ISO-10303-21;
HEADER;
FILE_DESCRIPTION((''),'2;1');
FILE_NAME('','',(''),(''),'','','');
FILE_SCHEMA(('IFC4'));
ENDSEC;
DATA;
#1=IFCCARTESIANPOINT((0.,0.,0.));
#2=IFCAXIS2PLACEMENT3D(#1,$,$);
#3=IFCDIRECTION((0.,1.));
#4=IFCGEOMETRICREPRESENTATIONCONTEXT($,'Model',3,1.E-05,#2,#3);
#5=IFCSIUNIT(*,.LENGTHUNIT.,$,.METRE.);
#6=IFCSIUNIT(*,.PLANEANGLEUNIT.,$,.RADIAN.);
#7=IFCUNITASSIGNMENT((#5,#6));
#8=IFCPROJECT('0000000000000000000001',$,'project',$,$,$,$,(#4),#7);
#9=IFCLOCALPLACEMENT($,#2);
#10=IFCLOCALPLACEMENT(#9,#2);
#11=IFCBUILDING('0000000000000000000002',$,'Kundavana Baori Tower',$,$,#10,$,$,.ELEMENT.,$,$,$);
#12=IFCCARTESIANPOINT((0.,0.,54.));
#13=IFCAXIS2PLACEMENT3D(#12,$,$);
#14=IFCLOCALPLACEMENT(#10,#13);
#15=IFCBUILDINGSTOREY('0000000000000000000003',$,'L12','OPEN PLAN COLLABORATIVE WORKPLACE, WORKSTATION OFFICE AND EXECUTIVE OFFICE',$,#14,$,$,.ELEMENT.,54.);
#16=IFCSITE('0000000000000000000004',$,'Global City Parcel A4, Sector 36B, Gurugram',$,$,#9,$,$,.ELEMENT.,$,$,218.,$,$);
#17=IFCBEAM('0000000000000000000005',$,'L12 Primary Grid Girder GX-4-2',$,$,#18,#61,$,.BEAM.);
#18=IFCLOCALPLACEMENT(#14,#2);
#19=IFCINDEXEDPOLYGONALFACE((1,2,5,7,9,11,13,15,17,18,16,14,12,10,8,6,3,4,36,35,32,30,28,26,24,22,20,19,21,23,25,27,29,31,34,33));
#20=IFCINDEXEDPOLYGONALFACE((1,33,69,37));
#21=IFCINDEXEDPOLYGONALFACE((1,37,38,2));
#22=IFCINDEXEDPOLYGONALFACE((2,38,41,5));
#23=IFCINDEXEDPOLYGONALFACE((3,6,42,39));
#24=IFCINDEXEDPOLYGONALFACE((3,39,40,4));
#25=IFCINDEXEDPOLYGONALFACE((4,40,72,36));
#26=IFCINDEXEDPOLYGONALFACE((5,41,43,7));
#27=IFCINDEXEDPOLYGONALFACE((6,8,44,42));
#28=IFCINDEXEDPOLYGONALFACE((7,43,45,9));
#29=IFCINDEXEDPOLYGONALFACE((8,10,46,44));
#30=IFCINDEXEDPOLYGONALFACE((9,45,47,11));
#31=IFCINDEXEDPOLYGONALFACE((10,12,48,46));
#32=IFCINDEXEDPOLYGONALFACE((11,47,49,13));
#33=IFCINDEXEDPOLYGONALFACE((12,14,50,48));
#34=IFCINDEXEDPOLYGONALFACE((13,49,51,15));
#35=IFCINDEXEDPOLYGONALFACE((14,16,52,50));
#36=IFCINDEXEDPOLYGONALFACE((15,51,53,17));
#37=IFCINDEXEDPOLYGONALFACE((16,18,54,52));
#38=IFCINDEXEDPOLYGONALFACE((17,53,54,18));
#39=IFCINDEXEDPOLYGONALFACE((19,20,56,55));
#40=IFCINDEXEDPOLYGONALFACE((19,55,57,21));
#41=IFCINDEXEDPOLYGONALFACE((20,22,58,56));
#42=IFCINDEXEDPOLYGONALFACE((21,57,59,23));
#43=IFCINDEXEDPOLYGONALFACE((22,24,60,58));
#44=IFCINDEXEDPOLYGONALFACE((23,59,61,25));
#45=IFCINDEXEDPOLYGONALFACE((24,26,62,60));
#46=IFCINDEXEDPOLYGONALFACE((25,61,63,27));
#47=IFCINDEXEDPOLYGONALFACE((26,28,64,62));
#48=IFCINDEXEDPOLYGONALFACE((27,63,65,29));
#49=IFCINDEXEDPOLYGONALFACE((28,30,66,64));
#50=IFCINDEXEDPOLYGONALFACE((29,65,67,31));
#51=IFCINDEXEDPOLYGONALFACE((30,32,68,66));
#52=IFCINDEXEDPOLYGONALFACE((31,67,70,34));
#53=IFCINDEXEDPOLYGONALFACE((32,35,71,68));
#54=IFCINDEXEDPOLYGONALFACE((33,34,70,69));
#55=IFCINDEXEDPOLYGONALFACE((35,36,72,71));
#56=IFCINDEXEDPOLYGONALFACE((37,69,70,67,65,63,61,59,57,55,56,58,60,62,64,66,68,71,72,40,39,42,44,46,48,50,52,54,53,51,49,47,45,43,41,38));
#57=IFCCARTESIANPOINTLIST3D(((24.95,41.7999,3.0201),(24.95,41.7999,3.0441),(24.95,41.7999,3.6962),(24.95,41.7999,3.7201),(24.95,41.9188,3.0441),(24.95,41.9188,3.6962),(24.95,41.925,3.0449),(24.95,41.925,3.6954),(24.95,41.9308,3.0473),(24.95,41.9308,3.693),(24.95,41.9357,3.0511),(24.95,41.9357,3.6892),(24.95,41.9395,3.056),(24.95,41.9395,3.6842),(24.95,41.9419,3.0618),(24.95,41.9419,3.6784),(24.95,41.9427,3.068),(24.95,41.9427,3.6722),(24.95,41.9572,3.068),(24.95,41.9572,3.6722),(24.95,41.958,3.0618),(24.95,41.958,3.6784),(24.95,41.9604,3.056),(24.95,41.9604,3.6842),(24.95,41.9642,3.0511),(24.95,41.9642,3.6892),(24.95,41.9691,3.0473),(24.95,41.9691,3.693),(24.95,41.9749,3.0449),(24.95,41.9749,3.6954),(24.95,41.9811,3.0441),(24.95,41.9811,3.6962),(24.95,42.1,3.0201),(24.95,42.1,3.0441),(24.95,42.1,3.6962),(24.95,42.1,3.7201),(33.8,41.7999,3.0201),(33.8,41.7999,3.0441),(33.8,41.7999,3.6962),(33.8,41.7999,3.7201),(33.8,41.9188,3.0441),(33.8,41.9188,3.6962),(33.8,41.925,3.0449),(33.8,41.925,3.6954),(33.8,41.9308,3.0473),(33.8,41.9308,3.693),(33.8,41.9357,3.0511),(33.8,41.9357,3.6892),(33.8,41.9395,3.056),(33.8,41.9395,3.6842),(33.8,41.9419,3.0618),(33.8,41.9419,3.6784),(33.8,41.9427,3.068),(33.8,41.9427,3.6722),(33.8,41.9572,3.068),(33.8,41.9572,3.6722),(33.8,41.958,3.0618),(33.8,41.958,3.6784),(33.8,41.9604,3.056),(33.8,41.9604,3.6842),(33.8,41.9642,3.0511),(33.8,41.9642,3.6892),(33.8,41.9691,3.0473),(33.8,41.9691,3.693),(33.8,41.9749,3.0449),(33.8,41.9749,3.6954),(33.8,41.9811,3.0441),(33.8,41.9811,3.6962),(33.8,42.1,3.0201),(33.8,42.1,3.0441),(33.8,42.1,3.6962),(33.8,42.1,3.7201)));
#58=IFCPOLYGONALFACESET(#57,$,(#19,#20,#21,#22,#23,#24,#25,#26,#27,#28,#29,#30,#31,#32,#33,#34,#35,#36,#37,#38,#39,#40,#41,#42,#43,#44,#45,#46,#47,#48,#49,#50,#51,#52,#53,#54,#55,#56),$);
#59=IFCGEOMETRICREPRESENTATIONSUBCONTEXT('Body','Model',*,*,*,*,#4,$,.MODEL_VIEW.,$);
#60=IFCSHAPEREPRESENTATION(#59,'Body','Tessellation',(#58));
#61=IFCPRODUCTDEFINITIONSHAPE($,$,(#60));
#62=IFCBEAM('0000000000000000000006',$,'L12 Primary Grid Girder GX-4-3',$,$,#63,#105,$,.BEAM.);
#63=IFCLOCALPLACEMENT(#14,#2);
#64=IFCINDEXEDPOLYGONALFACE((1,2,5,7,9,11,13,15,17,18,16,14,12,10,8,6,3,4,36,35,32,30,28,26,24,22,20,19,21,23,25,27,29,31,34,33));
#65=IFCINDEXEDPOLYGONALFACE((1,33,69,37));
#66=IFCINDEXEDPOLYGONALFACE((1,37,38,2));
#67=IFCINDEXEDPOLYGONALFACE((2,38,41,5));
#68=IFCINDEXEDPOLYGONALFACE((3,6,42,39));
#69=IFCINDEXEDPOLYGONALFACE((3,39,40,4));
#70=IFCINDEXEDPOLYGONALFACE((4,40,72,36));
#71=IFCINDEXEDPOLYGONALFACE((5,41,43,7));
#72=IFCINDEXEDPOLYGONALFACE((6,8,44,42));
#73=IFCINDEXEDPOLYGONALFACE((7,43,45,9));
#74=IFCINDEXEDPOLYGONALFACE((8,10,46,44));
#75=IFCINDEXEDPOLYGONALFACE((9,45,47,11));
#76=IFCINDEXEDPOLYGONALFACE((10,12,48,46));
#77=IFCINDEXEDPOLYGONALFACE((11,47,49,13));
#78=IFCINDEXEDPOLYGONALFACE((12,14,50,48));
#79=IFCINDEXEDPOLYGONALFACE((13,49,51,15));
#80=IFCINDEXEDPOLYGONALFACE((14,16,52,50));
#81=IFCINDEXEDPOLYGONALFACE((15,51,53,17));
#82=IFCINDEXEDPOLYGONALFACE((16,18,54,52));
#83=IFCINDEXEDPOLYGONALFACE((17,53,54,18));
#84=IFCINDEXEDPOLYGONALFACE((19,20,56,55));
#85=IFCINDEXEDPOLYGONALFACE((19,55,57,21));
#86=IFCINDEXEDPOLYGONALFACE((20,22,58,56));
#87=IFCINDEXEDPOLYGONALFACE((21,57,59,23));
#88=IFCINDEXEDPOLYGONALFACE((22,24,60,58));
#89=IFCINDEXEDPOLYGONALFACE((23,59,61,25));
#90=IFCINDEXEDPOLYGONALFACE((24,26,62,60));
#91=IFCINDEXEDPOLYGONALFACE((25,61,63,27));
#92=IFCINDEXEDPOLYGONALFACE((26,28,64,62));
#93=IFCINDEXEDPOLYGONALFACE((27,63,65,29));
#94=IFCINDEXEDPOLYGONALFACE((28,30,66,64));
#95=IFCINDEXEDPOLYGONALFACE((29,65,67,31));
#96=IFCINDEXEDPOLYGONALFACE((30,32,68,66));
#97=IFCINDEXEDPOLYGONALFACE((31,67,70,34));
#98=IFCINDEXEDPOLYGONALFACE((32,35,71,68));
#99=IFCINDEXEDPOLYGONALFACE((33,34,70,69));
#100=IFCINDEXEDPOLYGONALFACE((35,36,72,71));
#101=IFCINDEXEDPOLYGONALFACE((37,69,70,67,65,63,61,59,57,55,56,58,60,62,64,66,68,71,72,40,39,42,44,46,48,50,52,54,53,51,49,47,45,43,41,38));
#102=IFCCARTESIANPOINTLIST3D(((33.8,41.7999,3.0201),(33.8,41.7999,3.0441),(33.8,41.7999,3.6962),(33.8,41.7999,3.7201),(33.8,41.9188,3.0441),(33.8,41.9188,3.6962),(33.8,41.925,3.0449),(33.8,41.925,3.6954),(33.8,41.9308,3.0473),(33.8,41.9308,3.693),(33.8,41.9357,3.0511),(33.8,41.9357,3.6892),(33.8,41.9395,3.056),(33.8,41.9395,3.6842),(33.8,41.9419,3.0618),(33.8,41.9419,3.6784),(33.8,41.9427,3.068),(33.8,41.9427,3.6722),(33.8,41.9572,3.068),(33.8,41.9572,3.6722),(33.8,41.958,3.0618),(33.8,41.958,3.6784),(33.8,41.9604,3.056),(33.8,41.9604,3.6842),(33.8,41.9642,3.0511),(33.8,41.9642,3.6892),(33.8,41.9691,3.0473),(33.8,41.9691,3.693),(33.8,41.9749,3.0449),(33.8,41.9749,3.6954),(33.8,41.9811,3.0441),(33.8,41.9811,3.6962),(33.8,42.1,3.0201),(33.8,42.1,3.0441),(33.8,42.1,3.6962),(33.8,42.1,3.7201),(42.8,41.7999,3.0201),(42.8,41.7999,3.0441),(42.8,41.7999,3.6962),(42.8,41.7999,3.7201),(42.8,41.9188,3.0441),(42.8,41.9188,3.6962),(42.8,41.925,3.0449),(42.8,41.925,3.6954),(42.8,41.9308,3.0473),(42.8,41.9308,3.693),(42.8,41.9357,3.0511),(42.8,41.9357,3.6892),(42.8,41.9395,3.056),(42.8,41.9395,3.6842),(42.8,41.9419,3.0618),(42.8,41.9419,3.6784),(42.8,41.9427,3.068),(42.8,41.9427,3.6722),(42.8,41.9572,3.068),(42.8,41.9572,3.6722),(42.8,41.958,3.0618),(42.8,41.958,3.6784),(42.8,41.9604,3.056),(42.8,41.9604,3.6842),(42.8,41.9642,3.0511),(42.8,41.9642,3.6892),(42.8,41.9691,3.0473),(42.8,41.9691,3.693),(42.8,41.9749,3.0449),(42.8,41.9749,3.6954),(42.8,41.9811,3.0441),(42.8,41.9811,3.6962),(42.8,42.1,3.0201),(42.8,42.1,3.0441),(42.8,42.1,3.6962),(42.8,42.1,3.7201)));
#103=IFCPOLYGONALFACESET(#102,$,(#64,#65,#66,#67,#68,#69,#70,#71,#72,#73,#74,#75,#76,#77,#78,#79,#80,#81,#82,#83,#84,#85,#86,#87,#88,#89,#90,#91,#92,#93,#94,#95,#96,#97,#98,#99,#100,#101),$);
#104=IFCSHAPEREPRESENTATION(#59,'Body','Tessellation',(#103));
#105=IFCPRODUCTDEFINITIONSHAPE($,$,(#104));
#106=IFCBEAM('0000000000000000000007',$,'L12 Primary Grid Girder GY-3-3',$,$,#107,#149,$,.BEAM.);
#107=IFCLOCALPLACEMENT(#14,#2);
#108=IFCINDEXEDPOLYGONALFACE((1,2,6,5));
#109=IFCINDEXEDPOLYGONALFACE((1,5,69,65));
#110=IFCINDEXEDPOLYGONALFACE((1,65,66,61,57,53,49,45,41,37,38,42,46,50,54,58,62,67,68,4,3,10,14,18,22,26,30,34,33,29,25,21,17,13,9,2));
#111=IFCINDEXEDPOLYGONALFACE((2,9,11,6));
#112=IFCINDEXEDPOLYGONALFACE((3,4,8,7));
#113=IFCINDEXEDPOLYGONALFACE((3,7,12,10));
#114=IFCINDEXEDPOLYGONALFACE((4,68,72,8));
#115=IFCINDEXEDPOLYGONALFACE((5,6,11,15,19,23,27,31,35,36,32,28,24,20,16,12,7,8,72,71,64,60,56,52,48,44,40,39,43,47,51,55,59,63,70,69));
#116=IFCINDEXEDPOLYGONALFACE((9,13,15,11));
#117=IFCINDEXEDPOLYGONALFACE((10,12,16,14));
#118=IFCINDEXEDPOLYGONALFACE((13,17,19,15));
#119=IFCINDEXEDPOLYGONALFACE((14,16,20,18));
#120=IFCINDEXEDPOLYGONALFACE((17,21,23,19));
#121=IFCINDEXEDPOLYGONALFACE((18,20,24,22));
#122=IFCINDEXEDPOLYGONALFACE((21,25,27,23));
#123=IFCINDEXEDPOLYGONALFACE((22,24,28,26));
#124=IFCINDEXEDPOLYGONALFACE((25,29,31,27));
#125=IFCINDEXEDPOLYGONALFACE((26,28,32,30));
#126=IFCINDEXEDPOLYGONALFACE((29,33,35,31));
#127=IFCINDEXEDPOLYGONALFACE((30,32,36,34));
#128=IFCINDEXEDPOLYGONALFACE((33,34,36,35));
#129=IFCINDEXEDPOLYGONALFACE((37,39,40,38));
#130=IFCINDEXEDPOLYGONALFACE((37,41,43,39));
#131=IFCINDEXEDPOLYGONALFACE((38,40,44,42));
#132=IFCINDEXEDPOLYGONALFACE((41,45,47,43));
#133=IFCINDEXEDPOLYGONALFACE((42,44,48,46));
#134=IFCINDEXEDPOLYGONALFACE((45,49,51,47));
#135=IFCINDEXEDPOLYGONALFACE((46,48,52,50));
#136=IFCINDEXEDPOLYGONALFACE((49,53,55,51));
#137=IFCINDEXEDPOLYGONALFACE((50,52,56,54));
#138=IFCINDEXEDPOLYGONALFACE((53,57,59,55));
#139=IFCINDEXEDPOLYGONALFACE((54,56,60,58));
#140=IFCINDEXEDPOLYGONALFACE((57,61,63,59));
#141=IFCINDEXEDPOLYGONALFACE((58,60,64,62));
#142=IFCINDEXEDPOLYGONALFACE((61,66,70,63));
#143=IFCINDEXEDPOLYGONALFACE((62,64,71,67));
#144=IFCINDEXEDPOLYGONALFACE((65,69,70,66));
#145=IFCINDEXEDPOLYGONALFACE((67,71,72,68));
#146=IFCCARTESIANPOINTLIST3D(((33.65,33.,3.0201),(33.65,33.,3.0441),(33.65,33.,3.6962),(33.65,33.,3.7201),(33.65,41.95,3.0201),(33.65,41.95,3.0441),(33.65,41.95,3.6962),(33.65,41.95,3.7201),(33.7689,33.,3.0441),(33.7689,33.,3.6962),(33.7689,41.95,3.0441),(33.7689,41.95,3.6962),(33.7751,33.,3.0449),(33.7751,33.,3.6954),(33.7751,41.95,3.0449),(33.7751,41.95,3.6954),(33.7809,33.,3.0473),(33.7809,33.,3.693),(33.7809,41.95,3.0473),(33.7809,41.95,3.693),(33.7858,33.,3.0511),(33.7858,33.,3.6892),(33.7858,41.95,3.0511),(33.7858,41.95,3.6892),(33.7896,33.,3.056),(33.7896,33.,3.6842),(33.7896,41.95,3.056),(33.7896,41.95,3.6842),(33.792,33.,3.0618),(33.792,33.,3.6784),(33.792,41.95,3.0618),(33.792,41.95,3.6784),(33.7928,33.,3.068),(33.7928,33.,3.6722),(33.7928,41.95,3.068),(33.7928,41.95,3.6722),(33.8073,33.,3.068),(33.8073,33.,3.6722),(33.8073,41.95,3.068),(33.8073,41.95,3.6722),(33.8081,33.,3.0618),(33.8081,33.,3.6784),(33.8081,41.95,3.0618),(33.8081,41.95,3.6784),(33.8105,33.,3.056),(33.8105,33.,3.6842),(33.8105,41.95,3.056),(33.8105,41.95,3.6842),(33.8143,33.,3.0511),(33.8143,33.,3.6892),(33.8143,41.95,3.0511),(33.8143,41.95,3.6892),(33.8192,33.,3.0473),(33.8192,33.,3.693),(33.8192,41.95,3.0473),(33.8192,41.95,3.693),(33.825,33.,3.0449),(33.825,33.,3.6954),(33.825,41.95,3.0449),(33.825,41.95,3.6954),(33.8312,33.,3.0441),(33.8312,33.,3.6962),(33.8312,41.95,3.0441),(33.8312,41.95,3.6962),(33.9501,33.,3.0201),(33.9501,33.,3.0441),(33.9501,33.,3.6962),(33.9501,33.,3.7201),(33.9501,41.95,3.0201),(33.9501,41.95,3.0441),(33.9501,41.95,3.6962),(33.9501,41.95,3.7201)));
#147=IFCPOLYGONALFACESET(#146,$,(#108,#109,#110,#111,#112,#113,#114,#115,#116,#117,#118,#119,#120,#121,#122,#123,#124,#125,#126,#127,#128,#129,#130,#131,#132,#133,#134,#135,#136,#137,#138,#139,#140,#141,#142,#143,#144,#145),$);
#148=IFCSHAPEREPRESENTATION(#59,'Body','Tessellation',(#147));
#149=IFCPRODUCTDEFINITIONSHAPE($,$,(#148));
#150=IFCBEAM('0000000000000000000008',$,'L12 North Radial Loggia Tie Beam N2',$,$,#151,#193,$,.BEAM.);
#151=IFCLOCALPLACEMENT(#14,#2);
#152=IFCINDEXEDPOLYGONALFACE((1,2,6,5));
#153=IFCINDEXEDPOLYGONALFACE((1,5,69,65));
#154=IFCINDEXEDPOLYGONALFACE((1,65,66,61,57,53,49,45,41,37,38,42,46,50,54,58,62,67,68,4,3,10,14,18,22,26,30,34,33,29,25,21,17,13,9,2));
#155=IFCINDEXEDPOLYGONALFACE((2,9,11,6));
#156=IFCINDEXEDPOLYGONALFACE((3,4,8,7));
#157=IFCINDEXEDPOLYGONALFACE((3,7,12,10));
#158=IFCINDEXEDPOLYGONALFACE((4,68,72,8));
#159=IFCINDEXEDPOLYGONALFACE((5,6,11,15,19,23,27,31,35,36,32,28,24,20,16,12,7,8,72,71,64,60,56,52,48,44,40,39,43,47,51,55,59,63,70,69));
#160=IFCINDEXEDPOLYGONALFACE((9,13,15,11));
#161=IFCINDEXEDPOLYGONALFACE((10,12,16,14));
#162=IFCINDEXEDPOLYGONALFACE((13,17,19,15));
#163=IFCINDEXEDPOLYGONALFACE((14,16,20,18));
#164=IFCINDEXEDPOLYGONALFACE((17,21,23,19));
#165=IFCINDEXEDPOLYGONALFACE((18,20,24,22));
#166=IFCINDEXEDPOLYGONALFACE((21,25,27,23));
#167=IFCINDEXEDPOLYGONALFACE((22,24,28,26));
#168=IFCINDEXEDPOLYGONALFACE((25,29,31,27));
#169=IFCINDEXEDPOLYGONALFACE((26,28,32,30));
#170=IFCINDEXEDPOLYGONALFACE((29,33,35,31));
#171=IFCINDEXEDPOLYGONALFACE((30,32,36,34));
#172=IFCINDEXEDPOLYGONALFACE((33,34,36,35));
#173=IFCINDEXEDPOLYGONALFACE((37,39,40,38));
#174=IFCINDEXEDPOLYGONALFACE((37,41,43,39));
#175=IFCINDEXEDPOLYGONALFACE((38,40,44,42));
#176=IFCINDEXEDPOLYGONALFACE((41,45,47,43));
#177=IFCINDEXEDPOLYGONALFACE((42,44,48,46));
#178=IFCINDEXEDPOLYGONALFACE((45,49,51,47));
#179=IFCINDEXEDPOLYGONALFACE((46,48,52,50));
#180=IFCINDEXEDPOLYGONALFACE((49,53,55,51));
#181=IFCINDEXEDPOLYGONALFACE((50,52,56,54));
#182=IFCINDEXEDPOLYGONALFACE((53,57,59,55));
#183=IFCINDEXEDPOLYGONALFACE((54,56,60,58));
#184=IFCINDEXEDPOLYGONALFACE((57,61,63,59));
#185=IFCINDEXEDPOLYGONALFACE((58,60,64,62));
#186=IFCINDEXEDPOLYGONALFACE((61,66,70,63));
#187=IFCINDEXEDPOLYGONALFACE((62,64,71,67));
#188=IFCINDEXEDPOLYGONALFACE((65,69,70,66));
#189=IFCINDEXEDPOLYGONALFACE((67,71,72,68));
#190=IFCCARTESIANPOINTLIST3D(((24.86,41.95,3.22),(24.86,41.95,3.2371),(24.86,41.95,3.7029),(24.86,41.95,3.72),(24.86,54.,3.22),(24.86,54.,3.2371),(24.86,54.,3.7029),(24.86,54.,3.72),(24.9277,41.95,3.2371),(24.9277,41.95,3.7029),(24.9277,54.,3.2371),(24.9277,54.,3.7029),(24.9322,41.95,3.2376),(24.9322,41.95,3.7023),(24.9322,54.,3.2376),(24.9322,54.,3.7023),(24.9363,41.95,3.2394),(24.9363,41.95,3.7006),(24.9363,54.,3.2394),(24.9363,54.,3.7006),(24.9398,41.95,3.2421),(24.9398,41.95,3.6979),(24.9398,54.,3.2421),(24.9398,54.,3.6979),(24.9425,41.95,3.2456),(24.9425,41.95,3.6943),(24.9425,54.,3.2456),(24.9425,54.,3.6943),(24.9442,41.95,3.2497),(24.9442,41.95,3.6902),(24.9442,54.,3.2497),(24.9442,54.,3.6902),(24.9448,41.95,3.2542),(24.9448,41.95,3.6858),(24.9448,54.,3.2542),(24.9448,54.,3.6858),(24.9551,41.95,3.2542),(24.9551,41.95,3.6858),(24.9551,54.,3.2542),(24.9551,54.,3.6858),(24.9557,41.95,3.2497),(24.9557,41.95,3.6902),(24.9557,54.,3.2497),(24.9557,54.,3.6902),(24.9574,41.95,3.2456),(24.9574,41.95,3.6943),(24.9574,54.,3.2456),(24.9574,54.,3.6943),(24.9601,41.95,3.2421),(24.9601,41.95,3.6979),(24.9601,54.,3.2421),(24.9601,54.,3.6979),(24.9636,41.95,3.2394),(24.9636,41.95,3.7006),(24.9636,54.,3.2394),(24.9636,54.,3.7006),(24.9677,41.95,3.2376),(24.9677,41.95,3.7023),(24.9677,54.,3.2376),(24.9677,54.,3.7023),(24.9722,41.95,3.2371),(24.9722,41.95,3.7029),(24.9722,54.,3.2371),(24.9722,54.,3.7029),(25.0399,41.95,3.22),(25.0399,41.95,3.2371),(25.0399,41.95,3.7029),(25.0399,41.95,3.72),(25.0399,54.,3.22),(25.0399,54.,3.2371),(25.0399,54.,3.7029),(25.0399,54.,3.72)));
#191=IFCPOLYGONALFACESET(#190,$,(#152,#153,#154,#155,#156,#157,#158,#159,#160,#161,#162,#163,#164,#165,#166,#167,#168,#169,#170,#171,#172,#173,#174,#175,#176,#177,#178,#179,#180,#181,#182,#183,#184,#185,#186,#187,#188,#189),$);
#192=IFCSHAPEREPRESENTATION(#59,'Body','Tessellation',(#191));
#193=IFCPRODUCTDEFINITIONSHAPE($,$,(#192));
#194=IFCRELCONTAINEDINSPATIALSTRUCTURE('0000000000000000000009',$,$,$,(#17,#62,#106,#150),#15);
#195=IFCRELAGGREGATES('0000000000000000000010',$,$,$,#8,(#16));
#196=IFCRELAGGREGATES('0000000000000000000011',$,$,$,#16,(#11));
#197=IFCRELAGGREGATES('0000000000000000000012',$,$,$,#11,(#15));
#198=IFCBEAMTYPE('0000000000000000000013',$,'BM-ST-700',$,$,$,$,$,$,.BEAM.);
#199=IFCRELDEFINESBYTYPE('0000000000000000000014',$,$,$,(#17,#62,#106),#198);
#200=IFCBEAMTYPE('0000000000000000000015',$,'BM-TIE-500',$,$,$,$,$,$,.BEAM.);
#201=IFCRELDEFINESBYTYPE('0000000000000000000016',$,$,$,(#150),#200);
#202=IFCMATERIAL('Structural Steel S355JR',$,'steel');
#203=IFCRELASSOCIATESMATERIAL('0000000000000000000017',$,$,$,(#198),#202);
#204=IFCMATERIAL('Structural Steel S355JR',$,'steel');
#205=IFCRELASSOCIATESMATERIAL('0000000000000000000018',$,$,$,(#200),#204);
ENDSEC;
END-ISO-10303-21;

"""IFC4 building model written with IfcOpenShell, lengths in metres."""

from ifc_helpers import new_model, si_unit, direction, frame, origin, origin_2d, place, context, subcontext, project, spatial, i_section, extrude, material, material_profile, profile_set, type_object, element, save


model = new_model("IFC4")

# Units and contexts
model_context = context("Model", 3, precision=1e-05, world=origin(), true_north=direction((0.0, 1.0)))
body_context = subcontext(model_context, "Body", "Model", "MODEL_VIEW")
ifc_project = project(units=[si_unit("LENGTHUNIT", "METRE"), si_unit("PLANEANGLEUNIT", "RADIAN")], contexts=[model_context])

# Site, building, storey
site_placement = place(None, origin())
site = spatial("IfcSite", under=ifc_project, at=site_placement, Name="Global City Parcel A4, Sector 36B, Gurugram", CompositionType="ELEMENT", RefElevation=218.0)
building_placement = place(site_placement, origin())
building = spatial("IfcBuilding", under=site, at=building_placement, Name="Kundavana Baori Tower", CompositionType="ELEMENT")
storey_placement = place(building_placement, frame((0.0, 0.0, 54.0)))
storey = spatial("IfcBuildingStorey", under=building, at=storey_placement, Name="L12", Description="OPEN PLAN COLLABORATIVE WORKPLACE, WORKSTATION OFFICE AND EXECUTIVE OFFICE", CompositionType="ELEMENT", Elevation=54.0)

# Beams
ifc_material_1 = material(Name="Structural Steel S355JR", Category="steel")
ifc_material_profile_1 = material_profile(ifc_material_1, i_section(OverallWidth=0.3, OverallDepth=0.7, WebThickness=0.0144, FlangeThickness=0.0239, FilletRadius=0.0239, at=origin_2d()), Name="NPB 700x300x170")
ifc_profile_set_1 = profile_set([ifc_material_profile_1], Name="Structural Steel S355JR")
beam_type_1 = type_object("IfcBeamType", Name="BM-ST-700", PredefinedType="BEAM", material=ifc_profile_set_1)
for number, where, z_axis, x_axis, name in (
    (1, (24.95, 41.95, 3.3701), (1.0, 0.0, 0.0), (0.0, 1.0, 0.0), "L12 Primary Grid Girder GX-4-2"),
):
    element("IfcBeam", number, at=place(storey_placement, frame(where, z_axis=z_axis, x_axis=x_axis)), inside=storey, type_object=beam_type_1, Name=name, PredefinedType="BEAM", context=body_context, shape_type="SweptSolid", body=[
        extrude(i_section(OverallWidth=0.3, OverallDepth=0.7, WebThickness=0.0144, FlangeThickness=0.0239, FilletRadius=0.0239, at=origin_2d()), origin(), (0.0, 0.0, 1.0), 8.8501),
    ])
beam_1_placement = place(storey_placement, frame((33.8, 41.95, 3.3701), z_axis=(1.0, 0.0, 0.0), x_axis=(0.0, 1.0, 0.0)))
element("IfcBeam", 2, at=beam_1_placement, inside=storey, type_object=beam_type_1, Name="L12 Primary Grid Girder GX-4-3", PredefinedType="BEAM", context=body_context, shape_type="SweptSolid", body=[
    extrude(i_section(OverallWidth=0.3, OverallDepth=0.7, WebThickness=0.0144, FlangeThickness=0.0239, FilletRadius=0.0239, at=origin_2d()), origin(), (0.0, 0.0, 1.0), 9.0),
])
beam_2_placement = place(storey_placement, frame((33.8, 33.0, 3.3701), z_axis=(0.0, 1.0, 0.0), x_axis=(-1.0, 0.0, 0.0)))
element("IfcBeam", 3, at=beam_2_placement, inside=storey, type_object=beam_type_1, Name="L12 Primary Grid Girder GY-3-3", PredefinedType="BEAM", context=body_context, shape_type="SweptSolid", body=[
    extrude(i_section(OverallWidth=0.3, OverallDepth=0.7, WebThickness=0.0144, FlangeThickness=0.0239, FilletRadius=0.0239, at=origin_2d()), origin(), (0.0, 0.0, 1.0), 8.95),
])
ifc_material_2 = material(Name="Structural Steel S355JR", Category="steel")
ifc_material_profile_2 = material_profile(ifc_material_2, i_section(OverallWidth=0.1799, OverallDepth=0.5, WebThickness=0.0103, FlangeThickness=0.0171, FilletRadius=0.0171, at=origin_2d()), Name="ISMB 500")
ifc_profile_set_2 = profile_set([ifc_material_profile_2], Name="Structural Steel S355JR")
beam_type_2 = type_object("IfcBeamType", Name="BM-TIE-500", PredefinedType="BEAM", material=ifc_profile_set_2)
for number, where, z_axis, x_axis, name in (
    (4, (24.95, 41.95, 3.47), (0.0, 1.0, 0.0), (-1.0, 0.0, 0.0), "L12 North Radial Loggia Tie Beam N2"),
):
    element("IfcBeam", number, at=place(storey_placement, frame(where, z_axis=z_axis, x_axis=x_axis)), inside=storey, type_object=beam_type_2, Name=name, PredefinedType="BEAM", context=body_context, shape_type="SweptSolid", body=[
        extrude(i_section(OverallWidth=0.1799, OverallDepth=0.5, WebThickness=0.0103, FlangeThickness=0.0171, FilletRadius=0.0171, at=origin_2d()), origin(), (0.0, 0.0, 1.0), 12.05),
    ])

save(model, "model.ifc")
